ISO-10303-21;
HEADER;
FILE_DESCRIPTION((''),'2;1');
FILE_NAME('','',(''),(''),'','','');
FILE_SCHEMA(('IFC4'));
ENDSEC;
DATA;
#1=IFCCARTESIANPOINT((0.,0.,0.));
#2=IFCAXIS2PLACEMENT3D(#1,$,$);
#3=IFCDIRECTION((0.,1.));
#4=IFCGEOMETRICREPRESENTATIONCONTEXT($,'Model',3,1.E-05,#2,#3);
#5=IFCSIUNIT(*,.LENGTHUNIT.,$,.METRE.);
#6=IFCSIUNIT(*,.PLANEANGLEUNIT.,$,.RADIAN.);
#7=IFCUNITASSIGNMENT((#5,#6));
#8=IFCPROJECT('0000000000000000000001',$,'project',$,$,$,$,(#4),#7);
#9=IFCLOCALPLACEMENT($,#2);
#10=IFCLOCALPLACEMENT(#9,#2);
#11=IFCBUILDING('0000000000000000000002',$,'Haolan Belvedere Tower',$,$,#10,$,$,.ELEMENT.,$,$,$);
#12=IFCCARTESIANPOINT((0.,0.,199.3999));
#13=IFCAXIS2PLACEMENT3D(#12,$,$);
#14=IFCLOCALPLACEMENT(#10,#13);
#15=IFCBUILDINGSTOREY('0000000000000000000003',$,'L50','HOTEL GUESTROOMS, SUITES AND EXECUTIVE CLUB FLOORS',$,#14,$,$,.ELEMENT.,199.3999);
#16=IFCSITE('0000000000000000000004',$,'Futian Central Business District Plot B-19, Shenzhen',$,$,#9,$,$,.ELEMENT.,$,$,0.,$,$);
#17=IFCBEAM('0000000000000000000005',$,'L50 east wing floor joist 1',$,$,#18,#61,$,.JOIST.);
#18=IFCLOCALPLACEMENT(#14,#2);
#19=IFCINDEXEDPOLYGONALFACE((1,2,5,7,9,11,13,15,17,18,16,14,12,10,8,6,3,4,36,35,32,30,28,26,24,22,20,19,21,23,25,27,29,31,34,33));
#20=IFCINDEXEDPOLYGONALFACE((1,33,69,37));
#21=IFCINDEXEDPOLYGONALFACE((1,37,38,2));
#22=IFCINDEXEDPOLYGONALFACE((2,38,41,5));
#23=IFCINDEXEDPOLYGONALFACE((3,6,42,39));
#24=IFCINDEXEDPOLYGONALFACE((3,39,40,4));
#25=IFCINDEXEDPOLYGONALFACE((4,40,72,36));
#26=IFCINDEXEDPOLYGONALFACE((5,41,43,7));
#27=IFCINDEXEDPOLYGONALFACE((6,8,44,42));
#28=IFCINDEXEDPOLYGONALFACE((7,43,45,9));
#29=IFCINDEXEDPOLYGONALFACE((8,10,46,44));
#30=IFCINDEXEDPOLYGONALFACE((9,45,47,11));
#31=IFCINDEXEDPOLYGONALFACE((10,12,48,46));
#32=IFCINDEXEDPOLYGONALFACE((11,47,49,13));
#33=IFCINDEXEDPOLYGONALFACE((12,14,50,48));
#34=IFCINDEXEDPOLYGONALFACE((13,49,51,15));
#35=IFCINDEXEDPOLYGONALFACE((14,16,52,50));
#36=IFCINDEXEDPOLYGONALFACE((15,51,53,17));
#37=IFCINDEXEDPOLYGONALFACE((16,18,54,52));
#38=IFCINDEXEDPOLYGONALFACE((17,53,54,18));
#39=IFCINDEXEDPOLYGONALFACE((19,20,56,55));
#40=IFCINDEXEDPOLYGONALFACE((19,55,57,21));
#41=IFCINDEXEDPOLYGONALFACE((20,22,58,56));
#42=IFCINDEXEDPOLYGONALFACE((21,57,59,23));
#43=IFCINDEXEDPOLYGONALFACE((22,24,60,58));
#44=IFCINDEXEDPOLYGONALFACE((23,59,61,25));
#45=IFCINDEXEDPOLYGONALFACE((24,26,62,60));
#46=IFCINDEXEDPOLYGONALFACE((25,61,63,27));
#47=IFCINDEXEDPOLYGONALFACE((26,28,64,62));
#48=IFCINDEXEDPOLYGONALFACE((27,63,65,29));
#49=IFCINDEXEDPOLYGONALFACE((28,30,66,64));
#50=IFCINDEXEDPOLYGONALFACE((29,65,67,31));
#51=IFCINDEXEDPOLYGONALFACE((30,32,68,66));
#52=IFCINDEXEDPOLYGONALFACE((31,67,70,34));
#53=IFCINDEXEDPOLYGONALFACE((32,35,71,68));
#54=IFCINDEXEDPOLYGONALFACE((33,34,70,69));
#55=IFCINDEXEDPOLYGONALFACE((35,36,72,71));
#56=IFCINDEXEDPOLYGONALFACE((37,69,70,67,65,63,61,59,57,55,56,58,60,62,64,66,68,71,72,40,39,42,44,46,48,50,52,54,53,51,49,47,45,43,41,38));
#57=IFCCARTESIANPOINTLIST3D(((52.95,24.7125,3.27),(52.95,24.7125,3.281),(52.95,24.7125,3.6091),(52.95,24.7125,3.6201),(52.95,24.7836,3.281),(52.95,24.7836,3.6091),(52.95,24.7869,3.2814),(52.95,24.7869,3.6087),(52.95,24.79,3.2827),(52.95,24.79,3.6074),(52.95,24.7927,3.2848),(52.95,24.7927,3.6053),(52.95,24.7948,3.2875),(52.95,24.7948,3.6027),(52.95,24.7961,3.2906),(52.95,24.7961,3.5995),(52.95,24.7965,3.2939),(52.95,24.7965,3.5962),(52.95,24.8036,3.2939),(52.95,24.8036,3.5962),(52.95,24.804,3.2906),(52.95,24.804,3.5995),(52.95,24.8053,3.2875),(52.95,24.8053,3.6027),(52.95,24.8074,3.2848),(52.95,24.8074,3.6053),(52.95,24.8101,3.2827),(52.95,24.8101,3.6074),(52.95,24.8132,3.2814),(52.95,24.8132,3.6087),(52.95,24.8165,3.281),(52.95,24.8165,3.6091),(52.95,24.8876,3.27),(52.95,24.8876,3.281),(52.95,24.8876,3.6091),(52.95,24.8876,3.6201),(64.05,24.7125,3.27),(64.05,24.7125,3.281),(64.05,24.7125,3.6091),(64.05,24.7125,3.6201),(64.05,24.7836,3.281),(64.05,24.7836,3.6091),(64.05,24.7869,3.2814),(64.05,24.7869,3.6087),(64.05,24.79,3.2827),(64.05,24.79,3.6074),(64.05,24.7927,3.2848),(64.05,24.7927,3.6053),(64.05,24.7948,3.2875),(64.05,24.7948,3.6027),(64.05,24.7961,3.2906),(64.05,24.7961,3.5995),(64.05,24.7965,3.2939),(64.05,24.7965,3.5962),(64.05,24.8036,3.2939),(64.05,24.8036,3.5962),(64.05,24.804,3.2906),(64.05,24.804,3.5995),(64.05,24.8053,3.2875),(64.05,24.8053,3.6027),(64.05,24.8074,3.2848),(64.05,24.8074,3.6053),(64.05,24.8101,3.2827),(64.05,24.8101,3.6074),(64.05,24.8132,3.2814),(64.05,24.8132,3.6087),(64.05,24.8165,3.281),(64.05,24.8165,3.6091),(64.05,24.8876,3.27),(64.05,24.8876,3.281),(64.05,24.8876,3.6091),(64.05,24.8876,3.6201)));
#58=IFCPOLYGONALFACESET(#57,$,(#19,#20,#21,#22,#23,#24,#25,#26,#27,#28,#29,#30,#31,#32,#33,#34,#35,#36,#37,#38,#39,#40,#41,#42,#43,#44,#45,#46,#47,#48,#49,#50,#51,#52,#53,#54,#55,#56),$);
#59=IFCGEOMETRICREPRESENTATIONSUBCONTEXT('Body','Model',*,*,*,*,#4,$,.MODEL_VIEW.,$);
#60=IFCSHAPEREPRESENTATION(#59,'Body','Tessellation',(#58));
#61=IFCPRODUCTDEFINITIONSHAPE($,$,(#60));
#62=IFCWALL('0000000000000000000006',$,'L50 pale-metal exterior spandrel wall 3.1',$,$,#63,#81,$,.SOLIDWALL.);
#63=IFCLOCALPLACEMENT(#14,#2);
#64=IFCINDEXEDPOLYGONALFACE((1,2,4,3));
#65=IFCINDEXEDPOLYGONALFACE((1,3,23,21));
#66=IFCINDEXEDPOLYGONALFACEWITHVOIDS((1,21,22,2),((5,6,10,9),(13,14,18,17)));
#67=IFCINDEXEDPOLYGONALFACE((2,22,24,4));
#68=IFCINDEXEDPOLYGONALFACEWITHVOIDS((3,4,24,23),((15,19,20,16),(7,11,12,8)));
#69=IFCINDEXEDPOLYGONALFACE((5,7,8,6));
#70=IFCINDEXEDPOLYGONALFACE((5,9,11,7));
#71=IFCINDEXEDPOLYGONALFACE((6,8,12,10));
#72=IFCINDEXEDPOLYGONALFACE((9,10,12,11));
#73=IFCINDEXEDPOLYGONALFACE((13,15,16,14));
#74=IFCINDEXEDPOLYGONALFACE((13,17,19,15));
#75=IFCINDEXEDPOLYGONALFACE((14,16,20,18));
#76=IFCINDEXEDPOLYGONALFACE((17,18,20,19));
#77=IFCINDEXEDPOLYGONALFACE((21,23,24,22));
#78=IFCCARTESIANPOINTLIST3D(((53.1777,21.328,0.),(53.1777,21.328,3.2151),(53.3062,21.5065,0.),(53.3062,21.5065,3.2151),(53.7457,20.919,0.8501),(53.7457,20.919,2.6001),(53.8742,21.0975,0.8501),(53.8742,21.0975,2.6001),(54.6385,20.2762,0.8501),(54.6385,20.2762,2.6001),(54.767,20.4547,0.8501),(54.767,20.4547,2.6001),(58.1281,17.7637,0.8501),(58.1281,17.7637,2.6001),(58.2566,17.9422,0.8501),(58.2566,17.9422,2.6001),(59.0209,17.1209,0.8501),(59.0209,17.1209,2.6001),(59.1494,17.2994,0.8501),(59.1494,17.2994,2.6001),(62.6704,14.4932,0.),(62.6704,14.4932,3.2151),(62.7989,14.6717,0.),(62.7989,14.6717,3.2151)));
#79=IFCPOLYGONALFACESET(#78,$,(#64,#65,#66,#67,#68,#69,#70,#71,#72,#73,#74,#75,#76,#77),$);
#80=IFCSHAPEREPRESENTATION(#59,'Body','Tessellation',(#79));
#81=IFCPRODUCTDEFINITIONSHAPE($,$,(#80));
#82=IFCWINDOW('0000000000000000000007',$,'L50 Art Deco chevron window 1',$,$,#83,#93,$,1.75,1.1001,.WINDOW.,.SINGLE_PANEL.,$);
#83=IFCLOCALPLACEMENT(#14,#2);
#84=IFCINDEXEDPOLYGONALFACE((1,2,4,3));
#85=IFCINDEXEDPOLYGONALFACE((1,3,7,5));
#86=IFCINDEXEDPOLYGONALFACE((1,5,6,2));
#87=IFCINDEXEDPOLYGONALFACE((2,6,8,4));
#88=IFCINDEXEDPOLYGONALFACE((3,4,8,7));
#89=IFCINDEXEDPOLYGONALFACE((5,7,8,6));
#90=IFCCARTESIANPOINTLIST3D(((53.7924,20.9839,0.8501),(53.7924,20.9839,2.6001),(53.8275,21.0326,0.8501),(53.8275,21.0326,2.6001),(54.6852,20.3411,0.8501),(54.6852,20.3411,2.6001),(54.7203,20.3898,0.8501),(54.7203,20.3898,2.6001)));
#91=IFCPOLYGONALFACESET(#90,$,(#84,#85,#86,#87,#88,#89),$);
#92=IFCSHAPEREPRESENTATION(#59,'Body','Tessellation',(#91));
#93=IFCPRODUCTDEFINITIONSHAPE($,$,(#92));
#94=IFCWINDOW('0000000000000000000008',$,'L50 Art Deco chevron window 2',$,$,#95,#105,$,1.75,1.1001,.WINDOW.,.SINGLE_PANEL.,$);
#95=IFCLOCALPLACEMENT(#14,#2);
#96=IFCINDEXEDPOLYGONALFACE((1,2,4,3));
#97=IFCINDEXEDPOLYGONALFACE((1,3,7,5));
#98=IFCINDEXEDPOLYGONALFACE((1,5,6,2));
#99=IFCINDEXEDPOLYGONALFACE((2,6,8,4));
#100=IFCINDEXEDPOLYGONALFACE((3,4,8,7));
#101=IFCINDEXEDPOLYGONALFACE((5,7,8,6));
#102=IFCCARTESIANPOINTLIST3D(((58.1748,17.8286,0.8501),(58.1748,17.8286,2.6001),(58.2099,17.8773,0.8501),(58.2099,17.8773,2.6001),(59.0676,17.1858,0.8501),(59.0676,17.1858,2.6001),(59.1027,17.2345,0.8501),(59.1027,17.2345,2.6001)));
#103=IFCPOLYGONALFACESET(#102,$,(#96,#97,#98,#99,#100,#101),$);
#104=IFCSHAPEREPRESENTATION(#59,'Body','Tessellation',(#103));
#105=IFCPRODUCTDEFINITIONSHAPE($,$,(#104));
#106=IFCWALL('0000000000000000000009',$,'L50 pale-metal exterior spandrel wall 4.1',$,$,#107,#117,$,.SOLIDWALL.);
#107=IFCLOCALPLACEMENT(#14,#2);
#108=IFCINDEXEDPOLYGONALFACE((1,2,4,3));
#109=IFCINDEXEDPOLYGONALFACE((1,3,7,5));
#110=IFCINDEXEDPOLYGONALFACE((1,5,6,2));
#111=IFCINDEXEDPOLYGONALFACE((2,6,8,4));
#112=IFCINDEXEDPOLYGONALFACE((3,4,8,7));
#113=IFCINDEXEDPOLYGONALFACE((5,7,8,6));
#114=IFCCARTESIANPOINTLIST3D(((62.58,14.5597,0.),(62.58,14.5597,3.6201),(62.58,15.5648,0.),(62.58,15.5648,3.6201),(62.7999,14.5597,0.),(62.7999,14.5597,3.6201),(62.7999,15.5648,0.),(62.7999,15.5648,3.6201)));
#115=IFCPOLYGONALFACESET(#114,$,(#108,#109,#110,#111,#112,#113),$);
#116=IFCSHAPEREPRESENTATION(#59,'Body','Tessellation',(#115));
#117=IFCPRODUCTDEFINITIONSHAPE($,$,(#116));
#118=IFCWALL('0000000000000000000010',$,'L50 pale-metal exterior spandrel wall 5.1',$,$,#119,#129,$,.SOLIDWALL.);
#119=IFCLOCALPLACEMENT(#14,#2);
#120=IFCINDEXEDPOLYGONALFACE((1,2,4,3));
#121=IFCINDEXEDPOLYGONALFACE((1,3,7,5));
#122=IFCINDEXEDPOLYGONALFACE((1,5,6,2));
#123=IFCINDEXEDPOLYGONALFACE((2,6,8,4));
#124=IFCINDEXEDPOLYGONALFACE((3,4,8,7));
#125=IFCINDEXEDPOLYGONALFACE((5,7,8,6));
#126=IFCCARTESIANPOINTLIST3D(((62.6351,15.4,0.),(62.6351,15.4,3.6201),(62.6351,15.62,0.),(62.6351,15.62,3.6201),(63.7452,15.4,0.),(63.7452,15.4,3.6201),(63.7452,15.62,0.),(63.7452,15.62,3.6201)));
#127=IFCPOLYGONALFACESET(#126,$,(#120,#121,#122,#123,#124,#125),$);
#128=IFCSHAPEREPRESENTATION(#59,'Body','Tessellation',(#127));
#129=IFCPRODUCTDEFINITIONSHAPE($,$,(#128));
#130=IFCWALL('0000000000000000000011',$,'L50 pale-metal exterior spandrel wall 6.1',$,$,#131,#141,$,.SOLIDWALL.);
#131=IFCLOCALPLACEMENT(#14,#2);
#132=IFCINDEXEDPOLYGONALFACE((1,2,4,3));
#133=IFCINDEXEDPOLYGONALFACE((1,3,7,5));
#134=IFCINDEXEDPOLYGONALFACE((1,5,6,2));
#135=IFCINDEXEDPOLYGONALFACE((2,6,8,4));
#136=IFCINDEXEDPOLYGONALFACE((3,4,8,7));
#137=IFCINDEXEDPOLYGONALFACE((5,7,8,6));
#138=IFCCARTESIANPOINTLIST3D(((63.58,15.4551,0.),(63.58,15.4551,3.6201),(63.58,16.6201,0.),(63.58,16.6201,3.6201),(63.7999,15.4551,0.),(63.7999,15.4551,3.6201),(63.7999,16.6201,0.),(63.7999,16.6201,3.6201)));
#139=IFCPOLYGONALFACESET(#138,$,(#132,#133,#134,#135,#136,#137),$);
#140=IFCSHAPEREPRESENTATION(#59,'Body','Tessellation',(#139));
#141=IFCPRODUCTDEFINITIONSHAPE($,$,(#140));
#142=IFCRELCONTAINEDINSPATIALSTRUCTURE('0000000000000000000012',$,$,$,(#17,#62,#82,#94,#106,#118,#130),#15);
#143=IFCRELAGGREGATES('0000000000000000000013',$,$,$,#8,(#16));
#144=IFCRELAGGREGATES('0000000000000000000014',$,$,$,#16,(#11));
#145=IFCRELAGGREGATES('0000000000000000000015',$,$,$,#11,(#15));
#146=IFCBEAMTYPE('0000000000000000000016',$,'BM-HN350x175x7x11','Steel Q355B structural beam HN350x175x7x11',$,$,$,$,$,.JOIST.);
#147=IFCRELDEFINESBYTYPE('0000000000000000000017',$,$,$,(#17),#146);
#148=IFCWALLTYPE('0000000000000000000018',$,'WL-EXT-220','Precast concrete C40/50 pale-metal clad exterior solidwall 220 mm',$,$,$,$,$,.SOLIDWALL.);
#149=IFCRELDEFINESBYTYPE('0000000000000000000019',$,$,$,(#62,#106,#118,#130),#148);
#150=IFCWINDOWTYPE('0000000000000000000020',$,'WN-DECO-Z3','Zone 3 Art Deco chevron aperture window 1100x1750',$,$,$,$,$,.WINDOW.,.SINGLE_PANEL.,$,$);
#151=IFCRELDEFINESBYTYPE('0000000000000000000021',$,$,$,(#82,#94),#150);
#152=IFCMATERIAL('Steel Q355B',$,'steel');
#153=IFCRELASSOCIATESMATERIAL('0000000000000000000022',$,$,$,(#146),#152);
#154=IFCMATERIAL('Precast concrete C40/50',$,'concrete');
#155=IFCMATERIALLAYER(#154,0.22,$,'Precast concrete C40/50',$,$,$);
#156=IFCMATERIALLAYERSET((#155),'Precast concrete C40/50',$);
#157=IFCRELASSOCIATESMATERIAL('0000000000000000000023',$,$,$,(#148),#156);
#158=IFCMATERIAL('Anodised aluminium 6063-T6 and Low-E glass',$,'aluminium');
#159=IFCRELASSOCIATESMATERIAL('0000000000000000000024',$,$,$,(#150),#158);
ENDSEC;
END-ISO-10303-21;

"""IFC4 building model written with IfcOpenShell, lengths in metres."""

from ifc_helpers import new_model, si_unit, direction, frame, frame_2d, origin, origin_2d, place, context, subcontext, project, spatial, rectangle, i_section, extrude, material, layer, layer_set, material_profile, profile_set, type_object, element, fill, save


model = new_model("IFC4")

# Units and contexts
model_context = context("Model", 3, precision=1e-05, world=origin(), true_north=direction((0.0, 1.0)))
body_context = subcontext(model_context, "Body", "Model", "MODEL_VIEW")
ifc_project = project(units=[si_unit("LENGTHUNIT", "METRE"), si_unit("PLANEANGLEUNIT", "RADIAN")], contexts=[model_context])

# Site, building, storey
site_placement = place(None, origin())
site = spatial("IfcSite", under=ifc_project, at=site_placement, Name="Futian Central Business District Plot B-19, Shenzhen", CompositionType="ELEMENT", RefElevation=0.0)
building_placement = place(site_placement, origin())
building = spatial("IfcBuilding", under=site, at=building_placement, Name="Haolan Belvedere Tower", CompositionType="ELEMENT")
storey_placement = place(building_placement, frame((0.0, 0.0, 199.3999)))
storey = spatial("IfcBuildingStorey", under=building, at=storey_placement, Name="L50", Description="HOTEL GUESTROOMS, SUITES AND EXECUTIVE CLUB FLOORS", CompositionType="ELEMENT", Elevation=199.3999)

# Beam
ifc_material_1 = material(Name="Steel Q355B", Category="steel")
ifc_material_profile_1 = material_profile(ifc_material_1, i_section(OverallWidth=0.175, OverallDepth=0.3501, WebThickness=0.0071, FlangeThickness=0.011, FilletRadius=0.0129, at=origin_2d()), Name="Steel Q355B")
ifc_profile_set_1 = profile_set([ifc_material_profile_1], Name="Steel Q355B")
beam_type_1 = type_object("IfcBeamType", Name="BM-HN350x175x7x11", Description="Steel Q355B structural beam HN350x175x7x11", PredefinedType="JOIST", material=ifc_profile_set_1)
beam_1_placement = place(storey_placement, frame((52.95, 24.8, 3.4451), z_axis=(1.0, 0.0, 0.0), x_axis=(0.0, 1.0, 0.0)))
element("IfcBeam", 1, at=beam_1_placement, inside=storey, type_object=beam_type_1, Name="L50 east wing floor joist 1", PredefinedType="JOIST", context=body_context, shape_type="SweptSolid", body=[
    extrude(i_section(OverallWidth=0.175, OverallDepth=0.3501, WebThickness=0.0071, FlangeThickness=0.011, FilletRadius=0.0129, at=origin_2d()), origin(), (0.0, 0.0, 1.0), 11.1001),
])

# Wall, openings, windows
ifc_material_2 = material(Name="Precast concrete C40/50", Category="concrete")
ifc_layer_1 = layer(ifc_material_2, 0.22, Name="Precast concrete C40/50")
ifc_layer_set_1 = layer_set([ifc_layer_1], Name="Precast concrete C40/50")
wall_type_1 = type_object("IfcWallType", Name="WL-EXT-220", Description="Precast concrete C40/50 pale-metal clad exterior solidwall 220 mm", PredefinedType="SOLIDWALL", material=ifc_layer_set_1)
wall_1_placement = place(storey_placement, frame((53.2419, 21.4172, 0.0), z_axis=(0.0, 0.0, 1.0), x_axis=(0.811535, -0.584304, 0.0)))
wall_1 = element("IfcWall", 2, at=wall_1_placement, inside=storey, type_object=wall_type_1, Name="L50 pale-metal exterior spandrel wall 3.1", PredefinedType="SOLIDWALL", context=body_context, shape_type="SweptSolid", body=[
    extrude(rectangle(XDim=11.6973, YDim=0.22, at=frame_2d((5.8486, 0.0))), origin(), (0.0, 0.0, 1.0), 3.2151),
])
opening_1_placement = place(wall_1_placement, frame((0.7, 0.0, 0.8501)))
opening_1 = element("IfcOpeningElement", 3, at=opening_1_placement, cuts=wall_1, PredefinedType="OPENING", context=body_context, shape_type="SweptSolid", body=[
    extrude(rectangle(XDim=1.1001, YDim=1.75, at=frame_2d((0.55, 0.875))), frame((0.0, 0.1199, 0.0), z_axis=(0.0, -1.0, 0.0), x_axis=(1.0, 0.0, 0.0)), (0.0, 0.0, 1.0), 0.24),
])
opening_2_placement = place(wall_1_placement, frame((6.1001, 0.0, 0.8501)))
opening_2 = element("IfcOpeningElement", 4, at=opening_2_placement, cuts=wall_1, PredefinedType="OPENING", context=body_context, shape_type="SweptSolid", body=[
    extrude(rectangle(XDim=1.1001, YDim=1.75, at=frame_2d((0.55, 0.875))), frame((0.0, 0.1199, 0.0), z_axis=(0.0, -1.0, 0.0), x_axis=(1.0, 0.0, 0.0)), (0.0, 0.0, 1.0), 0.24),
])
ifc_material_3 = material(Name="Anodised aluminium 6063-T6 and Low-E glass", Category="aluminium")
window_type = type_object("IfcWindowType", Name="WN-DECO-Z3", Description="Zone 3 Art Deco chevron aperture window 1100x1750", PartitioningType="SINGLE_PANEL", PredefinedType="WINDOW", material=ifc_material_3)
window_1_placement = place(opening_1_placement, origin())
window_1 = element("IfcWindow", 5, at=window_1_placement, inside=storey, type_object=window_type, Name="L50 Art Deco chevron window 1", OverallHeight=1.75, OverallWidth=1.1001, PartitioningType="SINGLE_PANEL", PredefinedType="WINDOW", context=body_context, shape_type="SweptSolid", body=[
    extrude(rectangle(XDim=1.1001, YDim=1.75, at=frame_2d((0.55, 0.875))), frame((0.0, 0.03, 0.0), z_axis=(0.0, -1.0, 0.0), x_axis=(1.0, 0.0, 0.0)), (0.0, 0.0, 1.0), 0.0601),
])
fill(opening_1, window_1)
window_2_placement = place(opening_2_placement, origin())
window_2 = element("IfcWindow", 6, at=window_2_placement, inside=storey, type_object=window_type, Name="L50 Art Deco chevron window 2", OverallHeight=1.75, OverallWidth=1.1001, PartitioningType="SINGLE_PANEL", PredefinedType="WINDOW", context=body_context, shape_type="SweptSolid", body=[
    extrude(rectangle(XDim=1.1001, YDim=1.75, at=frame_2d((0.55, 0.875))), frame((0.0, 0.03, 0.0), z_axis=(0.0, -1.0, 0.0), x_axis=(1.0, 0.0, 0.0)), (0.0, 0.0, 1.0), 0.0601),
])
fill(opening_2, window_2)

# Walls
wall_2_placement = place(storey_placement, frame((62.6899, 14.5598, 0.0), z_axis=(0.0, 0.0, 1.0), x_axis=(0.0, 1.0, 0.0)))
element("IfcWall", 7, at=wall_2_placement, inside=storey, type_object=wall_type_1, Name="L50 pale-metal exterior spandrel wall 4.1", PredefinedType="SOLIDWALL", context=body_context, shape_type="SweptSolid", body=[
    extrude(rectangle(XDim=1.0051, YDim=0.22, at=frame_2d((0.5024, 0.0))), origin(), (0.0, 0.0, 1.0), 3.6201),
])
wall_3_placement = place(storey_placement, frame((62.635, 15.51, 0.0), z_axis=(0.0, 0.0, 1.0), x_axis=(1.0, 0.0, 0.0)))
element("IfcWall", 8, at=wall_3_placement, inside=storey, type_object=wall_type_1, Name="L50 pale-metal exterior spandrel wall 5.1", PredefinedType="SOLIDWALL", context=body_context, shape_type="SweptSolid", body=[
    extrude(rectangle(XDim=1.1101, YDim=0.22, at=frame_2d((0.5552, 0.0))), origin(), (0.0, 0.0, 1.0), 3.6201),
])
wall_4_placement = place(storey_placement, frame((63.6899, 15.4551, 0.0), z_axis=(0.0, 0.0, 1.0), x_axis=(0.0, 1.0, 0.0)))
element("IfcWall", 9, at=wall_4_placement, inside=storey, type_object=wall_type_1, Name="L50 pale-metal exterior spandrel wall 6.1", PredefinedType="SOLIDWALL", context=body_context, shape_type="SweptSolid", body=[
    extrude(rectangle(XDim=1.165, YDim=0.22, at=frame_2d((0.5825, 0.0))), origin(), (0.0, 0.0, 1.0), 3.6201),
])

save(model, "model.ifc")
